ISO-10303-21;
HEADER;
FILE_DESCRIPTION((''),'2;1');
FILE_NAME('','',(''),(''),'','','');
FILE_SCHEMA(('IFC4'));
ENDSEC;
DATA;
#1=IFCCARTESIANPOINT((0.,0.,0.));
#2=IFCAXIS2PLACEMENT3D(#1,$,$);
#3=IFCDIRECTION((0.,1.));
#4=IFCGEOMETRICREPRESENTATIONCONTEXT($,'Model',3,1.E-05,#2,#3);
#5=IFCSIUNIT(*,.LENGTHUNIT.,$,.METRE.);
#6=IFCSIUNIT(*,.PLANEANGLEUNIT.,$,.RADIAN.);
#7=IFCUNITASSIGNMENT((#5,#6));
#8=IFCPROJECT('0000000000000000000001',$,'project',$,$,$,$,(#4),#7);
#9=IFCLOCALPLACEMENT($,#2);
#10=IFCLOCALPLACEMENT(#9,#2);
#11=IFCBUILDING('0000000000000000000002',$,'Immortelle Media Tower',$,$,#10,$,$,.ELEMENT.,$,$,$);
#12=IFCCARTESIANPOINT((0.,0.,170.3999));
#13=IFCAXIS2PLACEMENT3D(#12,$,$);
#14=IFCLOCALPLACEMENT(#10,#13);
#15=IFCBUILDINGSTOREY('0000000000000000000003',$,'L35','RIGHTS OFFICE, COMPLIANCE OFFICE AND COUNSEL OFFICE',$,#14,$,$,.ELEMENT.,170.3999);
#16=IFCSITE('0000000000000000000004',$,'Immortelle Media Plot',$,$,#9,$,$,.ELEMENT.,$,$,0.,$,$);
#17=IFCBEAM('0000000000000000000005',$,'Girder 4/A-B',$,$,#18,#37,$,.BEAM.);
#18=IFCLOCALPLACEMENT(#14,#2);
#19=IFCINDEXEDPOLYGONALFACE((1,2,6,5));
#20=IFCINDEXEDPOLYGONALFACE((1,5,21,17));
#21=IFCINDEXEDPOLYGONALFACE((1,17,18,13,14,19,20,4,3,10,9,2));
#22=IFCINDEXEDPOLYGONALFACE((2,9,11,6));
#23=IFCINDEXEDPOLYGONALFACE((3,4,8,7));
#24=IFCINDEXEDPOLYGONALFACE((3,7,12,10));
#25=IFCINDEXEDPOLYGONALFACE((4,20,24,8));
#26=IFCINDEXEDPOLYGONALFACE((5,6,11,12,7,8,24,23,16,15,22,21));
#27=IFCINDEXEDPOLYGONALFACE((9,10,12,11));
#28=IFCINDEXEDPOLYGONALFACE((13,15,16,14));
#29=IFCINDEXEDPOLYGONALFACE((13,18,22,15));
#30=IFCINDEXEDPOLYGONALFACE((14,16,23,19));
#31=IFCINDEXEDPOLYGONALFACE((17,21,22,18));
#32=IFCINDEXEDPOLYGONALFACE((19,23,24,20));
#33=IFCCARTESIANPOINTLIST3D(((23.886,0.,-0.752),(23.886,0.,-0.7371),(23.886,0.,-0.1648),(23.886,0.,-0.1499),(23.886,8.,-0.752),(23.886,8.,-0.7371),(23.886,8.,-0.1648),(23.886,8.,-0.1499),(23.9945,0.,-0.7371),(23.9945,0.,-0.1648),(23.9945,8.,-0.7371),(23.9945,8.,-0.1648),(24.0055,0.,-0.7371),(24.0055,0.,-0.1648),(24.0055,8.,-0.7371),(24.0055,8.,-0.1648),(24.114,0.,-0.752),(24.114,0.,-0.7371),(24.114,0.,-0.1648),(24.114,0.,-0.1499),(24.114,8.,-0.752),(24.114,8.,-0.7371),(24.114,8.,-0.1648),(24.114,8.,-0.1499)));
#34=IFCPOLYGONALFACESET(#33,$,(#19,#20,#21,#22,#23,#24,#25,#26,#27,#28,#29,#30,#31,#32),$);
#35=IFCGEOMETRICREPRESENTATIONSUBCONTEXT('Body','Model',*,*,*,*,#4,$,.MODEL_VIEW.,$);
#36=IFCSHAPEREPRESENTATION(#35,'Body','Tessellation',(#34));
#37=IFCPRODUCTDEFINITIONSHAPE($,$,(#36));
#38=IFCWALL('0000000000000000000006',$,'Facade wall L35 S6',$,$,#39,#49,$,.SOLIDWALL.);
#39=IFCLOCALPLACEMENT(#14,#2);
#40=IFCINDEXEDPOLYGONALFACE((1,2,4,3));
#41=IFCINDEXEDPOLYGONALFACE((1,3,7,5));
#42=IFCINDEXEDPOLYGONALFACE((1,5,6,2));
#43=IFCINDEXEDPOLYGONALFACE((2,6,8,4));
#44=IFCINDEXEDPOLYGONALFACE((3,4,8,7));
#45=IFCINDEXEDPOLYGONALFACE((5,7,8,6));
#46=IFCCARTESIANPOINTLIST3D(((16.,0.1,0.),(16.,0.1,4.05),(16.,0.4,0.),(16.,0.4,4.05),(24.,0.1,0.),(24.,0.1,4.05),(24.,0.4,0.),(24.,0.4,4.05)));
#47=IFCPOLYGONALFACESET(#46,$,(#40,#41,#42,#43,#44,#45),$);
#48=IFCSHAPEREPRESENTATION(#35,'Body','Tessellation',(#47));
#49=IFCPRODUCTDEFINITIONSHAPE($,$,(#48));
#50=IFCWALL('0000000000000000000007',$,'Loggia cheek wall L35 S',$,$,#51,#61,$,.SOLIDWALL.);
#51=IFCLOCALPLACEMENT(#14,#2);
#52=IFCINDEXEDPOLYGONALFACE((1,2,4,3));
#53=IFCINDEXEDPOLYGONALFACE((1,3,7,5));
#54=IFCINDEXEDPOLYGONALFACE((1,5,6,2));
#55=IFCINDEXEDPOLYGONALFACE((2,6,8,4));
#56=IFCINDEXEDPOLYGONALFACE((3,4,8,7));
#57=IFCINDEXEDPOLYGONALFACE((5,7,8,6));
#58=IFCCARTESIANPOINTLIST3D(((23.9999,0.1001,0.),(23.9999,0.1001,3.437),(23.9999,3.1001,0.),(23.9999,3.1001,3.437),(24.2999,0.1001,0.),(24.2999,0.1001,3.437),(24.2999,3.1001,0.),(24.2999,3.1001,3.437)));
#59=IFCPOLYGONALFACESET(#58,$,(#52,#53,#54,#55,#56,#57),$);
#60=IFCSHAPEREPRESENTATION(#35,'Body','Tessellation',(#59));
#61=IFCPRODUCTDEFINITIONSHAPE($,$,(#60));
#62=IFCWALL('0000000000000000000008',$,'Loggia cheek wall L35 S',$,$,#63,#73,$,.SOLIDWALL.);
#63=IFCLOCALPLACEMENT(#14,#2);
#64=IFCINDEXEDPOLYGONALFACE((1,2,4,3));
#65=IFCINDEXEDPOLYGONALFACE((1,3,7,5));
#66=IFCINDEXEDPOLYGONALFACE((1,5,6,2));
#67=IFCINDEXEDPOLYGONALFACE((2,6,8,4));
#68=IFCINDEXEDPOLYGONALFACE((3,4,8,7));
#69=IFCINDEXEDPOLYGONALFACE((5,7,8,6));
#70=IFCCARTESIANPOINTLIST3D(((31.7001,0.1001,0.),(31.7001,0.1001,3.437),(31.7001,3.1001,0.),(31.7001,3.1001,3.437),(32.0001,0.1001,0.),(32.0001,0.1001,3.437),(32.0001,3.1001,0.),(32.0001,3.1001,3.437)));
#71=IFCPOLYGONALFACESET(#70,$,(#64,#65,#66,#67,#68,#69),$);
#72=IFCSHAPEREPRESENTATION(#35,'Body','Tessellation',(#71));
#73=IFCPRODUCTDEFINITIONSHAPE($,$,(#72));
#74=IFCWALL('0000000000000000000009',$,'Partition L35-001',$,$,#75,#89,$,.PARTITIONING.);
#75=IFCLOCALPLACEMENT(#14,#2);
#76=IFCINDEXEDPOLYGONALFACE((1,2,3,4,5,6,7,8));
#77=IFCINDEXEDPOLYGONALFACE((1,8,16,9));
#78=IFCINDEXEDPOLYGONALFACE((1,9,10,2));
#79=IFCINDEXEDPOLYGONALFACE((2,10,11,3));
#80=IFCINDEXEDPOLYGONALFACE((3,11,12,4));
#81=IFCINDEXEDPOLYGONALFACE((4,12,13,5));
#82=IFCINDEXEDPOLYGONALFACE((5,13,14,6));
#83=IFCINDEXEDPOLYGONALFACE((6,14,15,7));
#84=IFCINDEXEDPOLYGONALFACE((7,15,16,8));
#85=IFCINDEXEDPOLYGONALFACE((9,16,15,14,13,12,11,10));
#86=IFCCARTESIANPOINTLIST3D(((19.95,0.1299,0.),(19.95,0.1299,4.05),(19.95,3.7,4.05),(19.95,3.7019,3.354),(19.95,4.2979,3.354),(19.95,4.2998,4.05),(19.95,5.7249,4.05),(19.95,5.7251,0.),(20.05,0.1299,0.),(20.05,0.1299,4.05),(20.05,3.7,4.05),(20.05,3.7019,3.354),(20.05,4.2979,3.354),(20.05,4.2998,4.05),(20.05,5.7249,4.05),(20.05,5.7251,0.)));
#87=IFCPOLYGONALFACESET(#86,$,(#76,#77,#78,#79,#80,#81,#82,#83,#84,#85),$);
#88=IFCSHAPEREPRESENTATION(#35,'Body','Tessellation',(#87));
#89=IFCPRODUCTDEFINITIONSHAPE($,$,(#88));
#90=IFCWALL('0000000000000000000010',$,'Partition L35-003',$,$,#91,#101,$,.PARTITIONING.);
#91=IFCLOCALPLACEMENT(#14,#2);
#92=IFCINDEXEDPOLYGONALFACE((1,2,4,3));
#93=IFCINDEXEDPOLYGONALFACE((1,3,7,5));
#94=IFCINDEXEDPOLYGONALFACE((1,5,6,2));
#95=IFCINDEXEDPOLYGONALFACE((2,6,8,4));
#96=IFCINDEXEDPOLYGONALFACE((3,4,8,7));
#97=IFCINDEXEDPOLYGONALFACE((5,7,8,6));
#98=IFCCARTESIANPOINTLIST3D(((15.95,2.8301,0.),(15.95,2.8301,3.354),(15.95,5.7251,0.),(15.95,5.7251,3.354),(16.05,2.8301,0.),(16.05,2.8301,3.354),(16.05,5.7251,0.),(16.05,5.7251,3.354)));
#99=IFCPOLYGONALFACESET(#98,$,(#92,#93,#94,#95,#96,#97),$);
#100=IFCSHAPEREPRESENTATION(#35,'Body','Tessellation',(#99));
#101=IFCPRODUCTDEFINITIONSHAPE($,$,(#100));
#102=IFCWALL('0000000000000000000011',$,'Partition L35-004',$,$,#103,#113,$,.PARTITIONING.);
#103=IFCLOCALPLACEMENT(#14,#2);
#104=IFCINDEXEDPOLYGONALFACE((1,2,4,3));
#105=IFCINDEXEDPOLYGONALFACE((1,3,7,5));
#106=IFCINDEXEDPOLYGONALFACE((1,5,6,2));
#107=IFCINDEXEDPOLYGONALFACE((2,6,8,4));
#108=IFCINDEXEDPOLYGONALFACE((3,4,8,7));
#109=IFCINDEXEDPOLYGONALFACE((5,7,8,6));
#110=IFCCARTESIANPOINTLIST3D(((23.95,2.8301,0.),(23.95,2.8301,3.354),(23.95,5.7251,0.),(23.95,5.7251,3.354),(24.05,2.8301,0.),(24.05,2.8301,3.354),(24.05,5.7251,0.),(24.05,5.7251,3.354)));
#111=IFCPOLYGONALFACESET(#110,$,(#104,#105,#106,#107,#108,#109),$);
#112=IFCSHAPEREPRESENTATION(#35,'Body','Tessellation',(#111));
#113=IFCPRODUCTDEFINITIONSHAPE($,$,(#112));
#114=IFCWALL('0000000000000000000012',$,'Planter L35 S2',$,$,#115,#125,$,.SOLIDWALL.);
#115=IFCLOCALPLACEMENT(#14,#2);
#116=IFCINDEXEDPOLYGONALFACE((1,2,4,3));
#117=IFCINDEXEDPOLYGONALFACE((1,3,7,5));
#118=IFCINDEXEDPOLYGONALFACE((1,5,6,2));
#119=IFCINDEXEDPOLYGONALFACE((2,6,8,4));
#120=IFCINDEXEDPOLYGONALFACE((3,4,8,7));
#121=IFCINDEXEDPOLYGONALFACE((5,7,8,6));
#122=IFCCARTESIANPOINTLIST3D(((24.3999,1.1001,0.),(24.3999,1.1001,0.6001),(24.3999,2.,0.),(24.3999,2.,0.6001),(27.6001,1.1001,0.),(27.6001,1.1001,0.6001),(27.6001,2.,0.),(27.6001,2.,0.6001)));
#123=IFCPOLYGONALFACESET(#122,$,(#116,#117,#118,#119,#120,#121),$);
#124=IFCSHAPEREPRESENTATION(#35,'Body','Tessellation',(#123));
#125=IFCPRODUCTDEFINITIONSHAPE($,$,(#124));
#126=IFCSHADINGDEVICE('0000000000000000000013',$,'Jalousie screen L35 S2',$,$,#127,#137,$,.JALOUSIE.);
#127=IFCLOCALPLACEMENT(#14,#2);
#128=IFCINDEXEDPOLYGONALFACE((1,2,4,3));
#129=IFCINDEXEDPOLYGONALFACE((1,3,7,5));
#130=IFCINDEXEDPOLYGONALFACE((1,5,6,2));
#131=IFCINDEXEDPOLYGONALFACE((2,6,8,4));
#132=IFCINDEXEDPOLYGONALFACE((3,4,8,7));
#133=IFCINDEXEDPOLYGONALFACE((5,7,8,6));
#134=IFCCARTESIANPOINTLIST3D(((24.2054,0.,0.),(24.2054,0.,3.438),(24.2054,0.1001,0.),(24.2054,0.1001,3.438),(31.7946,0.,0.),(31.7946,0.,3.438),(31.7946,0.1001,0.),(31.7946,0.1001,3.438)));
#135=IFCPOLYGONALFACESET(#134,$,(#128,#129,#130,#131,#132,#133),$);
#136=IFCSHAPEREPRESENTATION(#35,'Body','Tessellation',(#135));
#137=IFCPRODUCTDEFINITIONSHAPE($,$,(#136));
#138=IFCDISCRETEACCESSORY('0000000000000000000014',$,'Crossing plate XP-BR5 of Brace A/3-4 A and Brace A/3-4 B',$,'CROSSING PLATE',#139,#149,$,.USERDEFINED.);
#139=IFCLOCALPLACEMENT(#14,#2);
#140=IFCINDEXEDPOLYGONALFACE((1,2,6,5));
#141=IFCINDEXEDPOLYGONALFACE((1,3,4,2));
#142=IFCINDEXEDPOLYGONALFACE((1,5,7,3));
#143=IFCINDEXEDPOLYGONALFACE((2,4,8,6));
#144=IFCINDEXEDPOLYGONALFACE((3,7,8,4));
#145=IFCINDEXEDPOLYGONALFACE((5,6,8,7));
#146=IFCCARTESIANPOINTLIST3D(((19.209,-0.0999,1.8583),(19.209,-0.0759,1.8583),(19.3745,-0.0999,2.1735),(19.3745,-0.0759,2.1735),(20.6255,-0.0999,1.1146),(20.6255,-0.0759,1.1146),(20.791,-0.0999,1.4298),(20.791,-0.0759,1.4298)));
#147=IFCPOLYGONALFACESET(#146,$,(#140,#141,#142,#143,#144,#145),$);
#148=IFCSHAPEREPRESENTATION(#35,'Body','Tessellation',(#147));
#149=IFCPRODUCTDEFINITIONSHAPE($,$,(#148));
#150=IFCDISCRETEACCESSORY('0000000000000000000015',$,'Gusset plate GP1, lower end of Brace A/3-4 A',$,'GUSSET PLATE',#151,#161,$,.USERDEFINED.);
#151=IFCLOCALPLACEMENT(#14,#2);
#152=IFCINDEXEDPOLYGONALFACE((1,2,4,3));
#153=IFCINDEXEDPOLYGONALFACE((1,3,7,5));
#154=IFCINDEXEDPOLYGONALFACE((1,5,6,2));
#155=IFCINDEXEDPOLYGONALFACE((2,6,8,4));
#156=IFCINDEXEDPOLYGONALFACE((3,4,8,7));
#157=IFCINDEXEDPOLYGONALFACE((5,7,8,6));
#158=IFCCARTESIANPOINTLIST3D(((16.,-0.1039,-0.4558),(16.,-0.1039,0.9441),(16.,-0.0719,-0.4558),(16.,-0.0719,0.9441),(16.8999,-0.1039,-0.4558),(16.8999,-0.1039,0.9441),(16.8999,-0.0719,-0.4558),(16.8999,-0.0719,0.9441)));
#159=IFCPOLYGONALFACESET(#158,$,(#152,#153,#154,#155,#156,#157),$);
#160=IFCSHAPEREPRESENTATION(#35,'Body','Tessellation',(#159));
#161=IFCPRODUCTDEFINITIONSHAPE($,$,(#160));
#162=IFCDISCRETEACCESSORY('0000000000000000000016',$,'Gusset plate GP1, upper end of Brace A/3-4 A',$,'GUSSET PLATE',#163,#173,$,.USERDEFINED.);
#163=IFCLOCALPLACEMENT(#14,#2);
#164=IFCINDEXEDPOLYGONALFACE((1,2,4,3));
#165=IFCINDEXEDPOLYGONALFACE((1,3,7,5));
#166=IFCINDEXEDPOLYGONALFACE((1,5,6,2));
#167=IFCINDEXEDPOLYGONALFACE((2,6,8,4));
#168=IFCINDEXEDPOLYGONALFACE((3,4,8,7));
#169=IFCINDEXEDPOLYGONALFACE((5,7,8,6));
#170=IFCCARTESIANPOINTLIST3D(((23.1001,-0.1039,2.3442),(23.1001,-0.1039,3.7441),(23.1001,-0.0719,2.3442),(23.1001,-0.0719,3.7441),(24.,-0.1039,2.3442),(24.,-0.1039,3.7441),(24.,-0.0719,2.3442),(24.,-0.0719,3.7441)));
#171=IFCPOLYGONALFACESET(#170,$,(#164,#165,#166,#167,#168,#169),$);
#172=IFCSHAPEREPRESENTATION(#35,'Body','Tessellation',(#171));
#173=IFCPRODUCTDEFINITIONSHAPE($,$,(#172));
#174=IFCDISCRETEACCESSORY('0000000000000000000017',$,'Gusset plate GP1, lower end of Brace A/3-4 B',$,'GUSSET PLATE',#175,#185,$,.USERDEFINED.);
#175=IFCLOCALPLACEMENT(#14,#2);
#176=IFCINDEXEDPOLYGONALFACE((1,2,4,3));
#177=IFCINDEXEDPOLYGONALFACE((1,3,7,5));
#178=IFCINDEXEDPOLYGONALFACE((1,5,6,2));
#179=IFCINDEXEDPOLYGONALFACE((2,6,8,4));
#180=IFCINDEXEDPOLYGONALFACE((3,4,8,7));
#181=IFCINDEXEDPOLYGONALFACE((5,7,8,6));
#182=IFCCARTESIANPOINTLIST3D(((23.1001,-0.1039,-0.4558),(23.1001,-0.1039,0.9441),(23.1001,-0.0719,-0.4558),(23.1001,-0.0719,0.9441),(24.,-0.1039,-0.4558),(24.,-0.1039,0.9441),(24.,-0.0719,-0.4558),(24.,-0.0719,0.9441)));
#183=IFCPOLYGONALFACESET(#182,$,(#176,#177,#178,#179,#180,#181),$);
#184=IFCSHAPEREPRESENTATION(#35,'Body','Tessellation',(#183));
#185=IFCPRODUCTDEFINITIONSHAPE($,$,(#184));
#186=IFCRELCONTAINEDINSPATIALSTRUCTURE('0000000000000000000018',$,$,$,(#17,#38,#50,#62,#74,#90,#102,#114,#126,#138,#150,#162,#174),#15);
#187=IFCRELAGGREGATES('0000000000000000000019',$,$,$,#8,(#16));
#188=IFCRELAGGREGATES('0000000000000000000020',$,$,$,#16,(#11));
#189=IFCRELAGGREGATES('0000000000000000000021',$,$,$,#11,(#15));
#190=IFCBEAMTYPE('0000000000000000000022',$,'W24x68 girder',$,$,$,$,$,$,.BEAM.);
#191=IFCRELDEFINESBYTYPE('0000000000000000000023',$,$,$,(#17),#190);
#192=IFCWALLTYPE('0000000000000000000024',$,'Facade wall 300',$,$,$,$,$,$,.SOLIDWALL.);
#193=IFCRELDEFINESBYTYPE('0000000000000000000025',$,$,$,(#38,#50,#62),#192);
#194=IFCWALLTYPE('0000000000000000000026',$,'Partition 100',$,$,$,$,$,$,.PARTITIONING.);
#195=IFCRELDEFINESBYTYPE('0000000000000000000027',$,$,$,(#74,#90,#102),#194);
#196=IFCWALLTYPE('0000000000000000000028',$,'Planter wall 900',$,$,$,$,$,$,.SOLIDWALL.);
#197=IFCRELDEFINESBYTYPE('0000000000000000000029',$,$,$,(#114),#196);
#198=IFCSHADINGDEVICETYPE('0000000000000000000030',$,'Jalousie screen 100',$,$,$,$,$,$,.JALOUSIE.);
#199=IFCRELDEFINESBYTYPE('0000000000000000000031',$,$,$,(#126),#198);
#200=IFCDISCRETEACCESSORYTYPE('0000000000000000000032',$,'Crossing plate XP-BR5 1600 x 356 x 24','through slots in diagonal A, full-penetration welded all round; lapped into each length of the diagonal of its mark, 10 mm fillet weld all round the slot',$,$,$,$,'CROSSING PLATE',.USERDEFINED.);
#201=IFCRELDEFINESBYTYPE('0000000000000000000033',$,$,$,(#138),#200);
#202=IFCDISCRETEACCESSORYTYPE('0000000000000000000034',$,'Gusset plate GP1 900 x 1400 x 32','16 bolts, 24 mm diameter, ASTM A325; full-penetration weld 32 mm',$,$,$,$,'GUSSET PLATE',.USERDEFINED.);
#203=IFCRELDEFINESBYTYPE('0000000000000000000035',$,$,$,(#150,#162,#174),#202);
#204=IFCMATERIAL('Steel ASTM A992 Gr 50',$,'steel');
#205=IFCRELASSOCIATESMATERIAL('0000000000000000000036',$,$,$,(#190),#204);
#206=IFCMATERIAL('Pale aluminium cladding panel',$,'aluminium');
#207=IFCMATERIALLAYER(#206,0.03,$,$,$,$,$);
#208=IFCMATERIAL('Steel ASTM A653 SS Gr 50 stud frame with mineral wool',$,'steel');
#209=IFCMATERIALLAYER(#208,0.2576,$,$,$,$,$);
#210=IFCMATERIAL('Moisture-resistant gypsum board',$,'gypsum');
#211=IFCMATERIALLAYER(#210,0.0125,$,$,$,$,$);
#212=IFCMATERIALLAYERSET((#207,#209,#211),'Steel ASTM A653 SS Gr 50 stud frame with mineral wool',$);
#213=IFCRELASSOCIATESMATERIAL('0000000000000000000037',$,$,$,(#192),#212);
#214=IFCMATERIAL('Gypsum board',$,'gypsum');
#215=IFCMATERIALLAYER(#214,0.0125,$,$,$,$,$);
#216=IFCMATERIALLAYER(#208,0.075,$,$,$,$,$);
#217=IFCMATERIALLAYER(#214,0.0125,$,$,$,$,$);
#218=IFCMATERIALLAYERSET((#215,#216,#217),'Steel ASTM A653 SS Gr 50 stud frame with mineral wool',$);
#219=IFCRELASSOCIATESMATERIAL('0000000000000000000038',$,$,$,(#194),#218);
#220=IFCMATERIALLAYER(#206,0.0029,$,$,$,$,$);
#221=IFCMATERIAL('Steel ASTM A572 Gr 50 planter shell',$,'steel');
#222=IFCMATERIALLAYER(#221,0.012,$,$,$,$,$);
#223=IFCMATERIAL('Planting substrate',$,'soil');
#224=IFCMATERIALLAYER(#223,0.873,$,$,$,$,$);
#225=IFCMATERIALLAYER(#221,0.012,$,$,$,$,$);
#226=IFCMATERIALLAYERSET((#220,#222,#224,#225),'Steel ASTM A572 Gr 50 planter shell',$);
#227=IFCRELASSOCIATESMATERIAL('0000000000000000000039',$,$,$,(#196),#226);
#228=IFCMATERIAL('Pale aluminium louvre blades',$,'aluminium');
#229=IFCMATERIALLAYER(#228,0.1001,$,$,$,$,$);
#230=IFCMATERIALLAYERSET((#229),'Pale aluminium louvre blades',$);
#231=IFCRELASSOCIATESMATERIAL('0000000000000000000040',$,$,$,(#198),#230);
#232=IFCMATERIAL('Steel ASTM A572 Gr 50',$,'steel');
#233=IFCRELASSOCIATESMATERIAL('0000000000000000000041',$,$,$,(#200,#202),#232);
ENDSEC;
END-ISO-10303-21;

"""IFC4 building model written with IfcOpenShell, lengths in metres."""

from ifc_helpers import new_model, si_unit, direction, frame, frame_2d, origin, origin_2d, place, context, subcontext, project, spatial, polyline, rectangle, i_section, outline, extrude, material, layer, layer_set, material_profile, profile_set, type_object, element, save


model = new_model("IFC4")

# Units and contexts
model_context = context("Model", 3, precision=1e-05, world=origin(), true_north=direction((0.0, 1.0)))
body_context = subcontext(model_context, "Body", "Model", "MODEL_VIEW")
ifc_project = project(units=[si_unit("LENGTHUNIT", "METRE"), si_unit("PLANEANGLEUNIT", "RADIAN")], contexts=[model_context])

# Site, building, storey
site_placement = place(None, origin())
site = spatial("IfcSite", under=ifc_project, at=site_placement, Name="Immortelle Media Plot", CompositionType="ELEMENT", RefElevation=0.0)
building_placement = place(site_placement, origin())
building = spatial("IfcBuilding", under=site, at=building_placement, Name="Immortelle Media Tower", CompositionType="ELEMENT")
storey_placement = place(building_placement, frame((0.0, 0.0, 170.3999)))
storey = spatial("IfcBuildingStorey", under=building, at=storey_placement, Name="L35", Description="RIGHTS OFFICE, COMPLIANCE OFFICE AND COUNSEL OFFICE", CompositionType="ELEMENT", Elevation=170.3999)

# Shared definitions
ifc_material_1 = material(Name="Steel ASTM A992 Gr 50", Category="steel")

# Beam
ifc_material_profile_1 = material_profile(ifc_material_1, i_section(OverallWidth=0.228, OverallDepth=0.6021, WebThickness=0.011, FlangeThickness=0.0149, at=origin_2d()), Name="W24x68")
ifc_profile_set_1 = profile_set([ifc_material_profile_1], Name="Steel ASTM A992 Gr 50")
beam_type_1 = type_object("IfcBeamType", Name="W24x68 girder", PredefinedType="BEAM", material=ifc_profile_set_1)
for number, where, z_axis, x_axis, name in (
    (1, (24.0, 0.0, -0.4509), (0.0, 1.0, 0.0), (-1.0, 0.0, 0.0), "Girder 4/A-B"),
):
    element("IfcBeam", number, at=place(storey_placement, frame(where, z_axis=z_axis, x_axis=x_axis)), inside=storey, type_object=beam_type_1, Name=name, PredefinedType="BEAM", context=body_context, shape_type="SweptSolid", body=[
        extrude(i_section(OverallWidth=0.228, OverallDepth=0.6021, WebThickness=0.011, FlangeThickness=0.0149, at=origin_2d()), origin(), (0.0, 0.0, 1.0), 8.0),
    ])

# Wall
ifc_material_2 = material(Name="Pale aluminium cladding panel", Category="aluminium")
ifc_layer_1 = layer(ifc_material_2, 0.03)
ifc_material_3 = material(Name="Steel ASTM A653 SS Gr 50 stud frame with mineral wool", Category="steel")
ifc_layer_2 = layer(ifc_material_3, 0.2576)
ifc_material_4 = material(Name="Moisture-resistant gypsum board", Category="gypsum")
ifc_layer_3 = layer(ifc_material_4, 0.0125)
ifc_layer_set_1 = layer_set([ifc_layer_1, ifc_layer_2, ifc_layer_3], Name="Steel ASTM A653 SS Gr 50 stud frame with mineral wool")
wall_type_1 = type_object("IfcWallType", Name="Facade wall 300", PredefinedType="SOLIDWALL", material=ifc_layer_set_1)
wall_1_placement = place(storey_placement, frame((16.0, 0.25, 0.0), z_axis=(0.0, 0.0, 1.0), x_axis=(1.0, 0.0, 0.0)))
element("IfcWall", 2, at=wall_1_placement, inside=storey, type_object=wall_type_1, Name="Facade wall L35 S6", PredefinedType="SOLIDWALL", context=body_context, shape_type="SweptSolid", body=[
    extrude(rectangle(XDim=8.0, YDim=0.3, at=frame_2d((4.0, 0.0))), origin(), (0.0, 0.0, 1.0), 4.05),
])

# Walls
for number, where, z_axis, x_axis, name in (
    (3, (24.1499, 0.1001, 0.0), (0.0, 0.0, 1.0), (0.0, 1.0, 0.0), "Loggia cheek wall L35 S"),
    (4, (31.8501, 0.1001, 0.0), (0.0, 0.0, 1.0), (0.0, 1.0, 0.0), "Loggia cheek wall L35 S"),
):
    element("IfcWall", number, at=place(storey_placement, frame(where, z_axis=z_axis, x_axis=x_axis)), inside=storey, type_object=wall_type_1, Name=name, PredefinedType="SOLIDWALL", context=body_context, shape_type="SweptSolid", body=[
        extrude(rectangle(XDim=3.0, YDim=0.3, at=frame_2d((1.5, 0.0))), origin(), (0.0, 0.0, 1.0), 3.437),
    ])
ifc_material_5 = material(Name="Gypsum board", Category="gypsum")
ifc_layer_4 = layer(ifc_material_5, 0.0125)
ifc_layer_5 = layer(ifc_material_3, 0.075)
ifc_layer_6 = layer(ifc_material_5, 0.0125)
ifc_layer_set_2 = layer_set([ifc_layer_4, ifc_layer_5, ifc_layer_6], Name="Steel ASTM A653 SS Gr 50 stud frame with mineral wool")
wall_type_2 = type_object("IfcWallType", Name="Partition 100", PredefinedType="PARTITIONING", material=ifc_layer_set_2)
wall_2_placement = place(storey_placement, frame((20.0, 0.1299, 0.0), z_axis=(0.0, 0.0, 1.0), x_axis=(0.0, 1.0, 0.0)))
element("IfcWall", 5, at=wall_2_placement, inside=storey, type_object=wall_type_2, Name="Partition L35-001", PredefinedType="PARTITIONING", context=body_context, shape_type="SweptSolid", body=[
    extrude(outline(polyline([(0.0, 0.0), (5.5952, 0.0), (5.595, 4.05), (4.1699, 4.05), (4.168, 3.354), (3.572, 3.354), (3.5701, 4.05), (0.0, 4.05), (0.0, 0.0)])), frame((0.0, 0.05, 0.0), z_axis=(0.0, -1.0, 0.0), x_axis=(1.0, 0.0, 0.0)), (0.0, 0.0, 1.0), 0.1001),
])
for number, where, z_axis, x_axis, name in (
    (6, (16.0, 2.8301, 0.0), (0.0, 0.0, 1.0), (0.0, 1.0, 0.0), "Partition L35-003"),
    (7, (24.0, 2.8301, 0.0), (0.0, 0.0, 1.0), (0.0, 1.0, 0.0), "Partition L35-004"),
):
    element("IfcWall", number, at=place(storey_placement, frame(where, z_axis=z_axis, x_axis=x_axis)), inside=storey, type_object=wall_type_2, Name=name, PredefinedType="PARTITIONING", context=body_context, shape_type="SweptSolid", body=[
        extrude(rectangle(XDim=2.895, YDim=0.1001, at=frame_2d((1.4475, 0.0))), origin(), (0.0, 0.0, 1.0), 3.354),
    ])
ifc_layer_7 = layer(ifc_material_2, 0.0029)
ifc_material_6 = material(Name="Steel ASTM A572 Gr 50 planter shell", Category="steel")
ifc_layer_8 = layer(ifc_material_6, 0.012)
ifc_material_7 = material(Name="Planting substrate", Category="soil")
ifc_layer_9 = layer(ifc_material_7, 0.873)
ifc_layer_10 = layer(ifc_material_6, 0.012)
ifc_layer_set_3 = layer_set([ifc_layer_7, ifc_layer_8, ifc_layer_9, ifc_layer_10], Name="Steel ASTM A572 Gr 50 planter shell")
wall_type_3 = type_object("IfcWallType", Name="Planter wall 900", PredefinedType="SOLIDWALL", material=ifc_layer_set_3)
wall_3_placement = place(storey_placement, frame((24.3999, 1.55, 0.0), z_axis=(0.0, 0.0, 1.0), x_axis=(1.0, 0.0, 0.0)))
element("IfcWall", 8, at=wall_3_placement, inside=storey, type_object=wall_type_3, Name="Planter L35 S2", PredefinedType="SOLIDWALL", context=body_context, shape_type="SweptSolid", body=[
    extrude(rectangle(XDim=3.2002, YDim=0.8999, at=frame_2d((1.6001, 0.0))), origin(), (0.0, 0.0, 1.0), 0.6001),
])

# Shading device
ifc_material_8 = material(Name="Pale aluminium louvre blades", Category="aluminium")
ifc_layer_11 = layer(ifc_material_8, 0.1001)
ifc_layer_set_4 = layer_set([ifc_layer_11], Name="Pale aluminium louvre blades")
shading_device_type = type_object("IfcShadingDeviceType", Name="Jalousie screen 100", PredefinedType="JALOUSIE", material=ifc_layer_set_4)
shading_device_placement = place(storey_placement, frame((28.0, 0.05, 0.0), z_axis=(0.0, 0.0, 1.0), x_axis=(1.0, 0.0, 0.0)))
element("IfcShadingDevice", 9, at=shading_device_placement, inside=storey, type_object=shading_device_type, Name="Jalousie screen L35 S2", PredefinedType="JALOUSIE", context=body_context, shape_type="SweptSolid", body=[
    extrude(rectangle(XDim=7.5891, YDim=0.1001, at=origin_2d()), origin(), (0.0, 0.0, 1.0), 3.438),
])

# Discrete accessories
ifc_material_9 = material(Name="Steel ASTM A572 Gr 50", Category="steel")
ifc_material_profile_2 = material_profile(ifc_material_9, rectangle(XDim=0.0239, YDim=0.356, at=origin_2d()), Name="PL 24 x 356")
ifc_profile_set_2 = profile_set([ifc_material_profile_2], Name="Steel ASTM A572 Gr 50")
discrete_accessory_type_1 = type_object("IfcDiscreteAccessoryType", Name="Crossing plate XP-BR5 1600 x 356 x 24", Description="through slots in diagonal A, full-penetration welded all round; lapped into each length of the diagonal of its mark, 10 mm fillet weld all round the slot", ElementType="CROSSING PLATE", PredefinedType="USERDEFINED", material=ifc_profile_set_2)
discrete_accessory_placement = place(storey_placement, frame((19.2917, -0.0879, 2.0159), z_axis=(0.885401, 0.0, -0.464828), x_axis=(0.0, 1.0, 0.0)))
element("IfcDiscreteAccessory", 10, at=discrete_accessory_placement, inside=storey, type_object=discrete_accessory_type_1, Name="Crossing plate XP-BR5 of Brace A/3-4 A and Brace A/3-4 B", ObjectType="CROSSING PLATE", PredefinedType="USERDEFINED", context=body_context, shape_type="SweptSolid", body=[
    extrude(rectangle(XDim=0.0239, YDim=0.356, at=origin_2d()), origin(), (0.0, 0.0, 1.0), 1.5999),
])
ifc_material_profile_3 = material_profile(ifc_material_9, rectangle(XDim=0.032, YDim=1.3999, at=origin_2d()), Name="PL 32 x 1400")
ifc_profile_set_3 = profile_set([ifc_material_profile_3], Name="Steel ASTM A572 Gr 50")
discrete_accessory_type_2 = type_object("IfcDiscreteAccessoryType", Name="Gusset plate GP1 900 x 1400 x 32", Description="16 bolts, 24 mm diameter, ASTM A325; full-penetration weld 32 mm", ElementType="GUSSET PLATE", PredefinedType="USERDEFINED", material=ifc_profile_set_3)
for number, where, z_axis, x_axis, name in (
    (11, (16.0, -0.0879, 0.2441), (1.0, 0.0, 0.0), (0.0, 1.0, 0.0), "Gusset plate GP1, lower end of Brace A/3-4 A"),
    (12, (24.0, -0.0879, 3.0442), (-1.0, 0.0, 0.0), (0.0, -1.0, 0.0), "Gusset plate GP1, upper end of Brace A/3-4 A"),
    (13, (24.0, -0.0879, 0.2441), (-1.0, 0.0, 0.0), (0.0, -1.0, 0.0), "Gusset plate GP1, lower end of Brace A/3-4 B"),
):
    element("IfcDiscreteAccessory", number, at=place(storey_placement, frame(where, z_axis=z_axis, x_axis=x_axis)), inside=storey, type_object=discrete_accessory_type_2, Name=name, ObjectType="GUSSET PLATE", PredefinedType="USERDEFINED", context=body_context, shape_type="SweptSolid", body=[
        extrude(rectangle(XDim=0.032, YDim=1.3999, at=origin_2d()), origin(), (0.0, 0.0, 1.0), 0.8999),
    ])

save(model, "model.ifc")
